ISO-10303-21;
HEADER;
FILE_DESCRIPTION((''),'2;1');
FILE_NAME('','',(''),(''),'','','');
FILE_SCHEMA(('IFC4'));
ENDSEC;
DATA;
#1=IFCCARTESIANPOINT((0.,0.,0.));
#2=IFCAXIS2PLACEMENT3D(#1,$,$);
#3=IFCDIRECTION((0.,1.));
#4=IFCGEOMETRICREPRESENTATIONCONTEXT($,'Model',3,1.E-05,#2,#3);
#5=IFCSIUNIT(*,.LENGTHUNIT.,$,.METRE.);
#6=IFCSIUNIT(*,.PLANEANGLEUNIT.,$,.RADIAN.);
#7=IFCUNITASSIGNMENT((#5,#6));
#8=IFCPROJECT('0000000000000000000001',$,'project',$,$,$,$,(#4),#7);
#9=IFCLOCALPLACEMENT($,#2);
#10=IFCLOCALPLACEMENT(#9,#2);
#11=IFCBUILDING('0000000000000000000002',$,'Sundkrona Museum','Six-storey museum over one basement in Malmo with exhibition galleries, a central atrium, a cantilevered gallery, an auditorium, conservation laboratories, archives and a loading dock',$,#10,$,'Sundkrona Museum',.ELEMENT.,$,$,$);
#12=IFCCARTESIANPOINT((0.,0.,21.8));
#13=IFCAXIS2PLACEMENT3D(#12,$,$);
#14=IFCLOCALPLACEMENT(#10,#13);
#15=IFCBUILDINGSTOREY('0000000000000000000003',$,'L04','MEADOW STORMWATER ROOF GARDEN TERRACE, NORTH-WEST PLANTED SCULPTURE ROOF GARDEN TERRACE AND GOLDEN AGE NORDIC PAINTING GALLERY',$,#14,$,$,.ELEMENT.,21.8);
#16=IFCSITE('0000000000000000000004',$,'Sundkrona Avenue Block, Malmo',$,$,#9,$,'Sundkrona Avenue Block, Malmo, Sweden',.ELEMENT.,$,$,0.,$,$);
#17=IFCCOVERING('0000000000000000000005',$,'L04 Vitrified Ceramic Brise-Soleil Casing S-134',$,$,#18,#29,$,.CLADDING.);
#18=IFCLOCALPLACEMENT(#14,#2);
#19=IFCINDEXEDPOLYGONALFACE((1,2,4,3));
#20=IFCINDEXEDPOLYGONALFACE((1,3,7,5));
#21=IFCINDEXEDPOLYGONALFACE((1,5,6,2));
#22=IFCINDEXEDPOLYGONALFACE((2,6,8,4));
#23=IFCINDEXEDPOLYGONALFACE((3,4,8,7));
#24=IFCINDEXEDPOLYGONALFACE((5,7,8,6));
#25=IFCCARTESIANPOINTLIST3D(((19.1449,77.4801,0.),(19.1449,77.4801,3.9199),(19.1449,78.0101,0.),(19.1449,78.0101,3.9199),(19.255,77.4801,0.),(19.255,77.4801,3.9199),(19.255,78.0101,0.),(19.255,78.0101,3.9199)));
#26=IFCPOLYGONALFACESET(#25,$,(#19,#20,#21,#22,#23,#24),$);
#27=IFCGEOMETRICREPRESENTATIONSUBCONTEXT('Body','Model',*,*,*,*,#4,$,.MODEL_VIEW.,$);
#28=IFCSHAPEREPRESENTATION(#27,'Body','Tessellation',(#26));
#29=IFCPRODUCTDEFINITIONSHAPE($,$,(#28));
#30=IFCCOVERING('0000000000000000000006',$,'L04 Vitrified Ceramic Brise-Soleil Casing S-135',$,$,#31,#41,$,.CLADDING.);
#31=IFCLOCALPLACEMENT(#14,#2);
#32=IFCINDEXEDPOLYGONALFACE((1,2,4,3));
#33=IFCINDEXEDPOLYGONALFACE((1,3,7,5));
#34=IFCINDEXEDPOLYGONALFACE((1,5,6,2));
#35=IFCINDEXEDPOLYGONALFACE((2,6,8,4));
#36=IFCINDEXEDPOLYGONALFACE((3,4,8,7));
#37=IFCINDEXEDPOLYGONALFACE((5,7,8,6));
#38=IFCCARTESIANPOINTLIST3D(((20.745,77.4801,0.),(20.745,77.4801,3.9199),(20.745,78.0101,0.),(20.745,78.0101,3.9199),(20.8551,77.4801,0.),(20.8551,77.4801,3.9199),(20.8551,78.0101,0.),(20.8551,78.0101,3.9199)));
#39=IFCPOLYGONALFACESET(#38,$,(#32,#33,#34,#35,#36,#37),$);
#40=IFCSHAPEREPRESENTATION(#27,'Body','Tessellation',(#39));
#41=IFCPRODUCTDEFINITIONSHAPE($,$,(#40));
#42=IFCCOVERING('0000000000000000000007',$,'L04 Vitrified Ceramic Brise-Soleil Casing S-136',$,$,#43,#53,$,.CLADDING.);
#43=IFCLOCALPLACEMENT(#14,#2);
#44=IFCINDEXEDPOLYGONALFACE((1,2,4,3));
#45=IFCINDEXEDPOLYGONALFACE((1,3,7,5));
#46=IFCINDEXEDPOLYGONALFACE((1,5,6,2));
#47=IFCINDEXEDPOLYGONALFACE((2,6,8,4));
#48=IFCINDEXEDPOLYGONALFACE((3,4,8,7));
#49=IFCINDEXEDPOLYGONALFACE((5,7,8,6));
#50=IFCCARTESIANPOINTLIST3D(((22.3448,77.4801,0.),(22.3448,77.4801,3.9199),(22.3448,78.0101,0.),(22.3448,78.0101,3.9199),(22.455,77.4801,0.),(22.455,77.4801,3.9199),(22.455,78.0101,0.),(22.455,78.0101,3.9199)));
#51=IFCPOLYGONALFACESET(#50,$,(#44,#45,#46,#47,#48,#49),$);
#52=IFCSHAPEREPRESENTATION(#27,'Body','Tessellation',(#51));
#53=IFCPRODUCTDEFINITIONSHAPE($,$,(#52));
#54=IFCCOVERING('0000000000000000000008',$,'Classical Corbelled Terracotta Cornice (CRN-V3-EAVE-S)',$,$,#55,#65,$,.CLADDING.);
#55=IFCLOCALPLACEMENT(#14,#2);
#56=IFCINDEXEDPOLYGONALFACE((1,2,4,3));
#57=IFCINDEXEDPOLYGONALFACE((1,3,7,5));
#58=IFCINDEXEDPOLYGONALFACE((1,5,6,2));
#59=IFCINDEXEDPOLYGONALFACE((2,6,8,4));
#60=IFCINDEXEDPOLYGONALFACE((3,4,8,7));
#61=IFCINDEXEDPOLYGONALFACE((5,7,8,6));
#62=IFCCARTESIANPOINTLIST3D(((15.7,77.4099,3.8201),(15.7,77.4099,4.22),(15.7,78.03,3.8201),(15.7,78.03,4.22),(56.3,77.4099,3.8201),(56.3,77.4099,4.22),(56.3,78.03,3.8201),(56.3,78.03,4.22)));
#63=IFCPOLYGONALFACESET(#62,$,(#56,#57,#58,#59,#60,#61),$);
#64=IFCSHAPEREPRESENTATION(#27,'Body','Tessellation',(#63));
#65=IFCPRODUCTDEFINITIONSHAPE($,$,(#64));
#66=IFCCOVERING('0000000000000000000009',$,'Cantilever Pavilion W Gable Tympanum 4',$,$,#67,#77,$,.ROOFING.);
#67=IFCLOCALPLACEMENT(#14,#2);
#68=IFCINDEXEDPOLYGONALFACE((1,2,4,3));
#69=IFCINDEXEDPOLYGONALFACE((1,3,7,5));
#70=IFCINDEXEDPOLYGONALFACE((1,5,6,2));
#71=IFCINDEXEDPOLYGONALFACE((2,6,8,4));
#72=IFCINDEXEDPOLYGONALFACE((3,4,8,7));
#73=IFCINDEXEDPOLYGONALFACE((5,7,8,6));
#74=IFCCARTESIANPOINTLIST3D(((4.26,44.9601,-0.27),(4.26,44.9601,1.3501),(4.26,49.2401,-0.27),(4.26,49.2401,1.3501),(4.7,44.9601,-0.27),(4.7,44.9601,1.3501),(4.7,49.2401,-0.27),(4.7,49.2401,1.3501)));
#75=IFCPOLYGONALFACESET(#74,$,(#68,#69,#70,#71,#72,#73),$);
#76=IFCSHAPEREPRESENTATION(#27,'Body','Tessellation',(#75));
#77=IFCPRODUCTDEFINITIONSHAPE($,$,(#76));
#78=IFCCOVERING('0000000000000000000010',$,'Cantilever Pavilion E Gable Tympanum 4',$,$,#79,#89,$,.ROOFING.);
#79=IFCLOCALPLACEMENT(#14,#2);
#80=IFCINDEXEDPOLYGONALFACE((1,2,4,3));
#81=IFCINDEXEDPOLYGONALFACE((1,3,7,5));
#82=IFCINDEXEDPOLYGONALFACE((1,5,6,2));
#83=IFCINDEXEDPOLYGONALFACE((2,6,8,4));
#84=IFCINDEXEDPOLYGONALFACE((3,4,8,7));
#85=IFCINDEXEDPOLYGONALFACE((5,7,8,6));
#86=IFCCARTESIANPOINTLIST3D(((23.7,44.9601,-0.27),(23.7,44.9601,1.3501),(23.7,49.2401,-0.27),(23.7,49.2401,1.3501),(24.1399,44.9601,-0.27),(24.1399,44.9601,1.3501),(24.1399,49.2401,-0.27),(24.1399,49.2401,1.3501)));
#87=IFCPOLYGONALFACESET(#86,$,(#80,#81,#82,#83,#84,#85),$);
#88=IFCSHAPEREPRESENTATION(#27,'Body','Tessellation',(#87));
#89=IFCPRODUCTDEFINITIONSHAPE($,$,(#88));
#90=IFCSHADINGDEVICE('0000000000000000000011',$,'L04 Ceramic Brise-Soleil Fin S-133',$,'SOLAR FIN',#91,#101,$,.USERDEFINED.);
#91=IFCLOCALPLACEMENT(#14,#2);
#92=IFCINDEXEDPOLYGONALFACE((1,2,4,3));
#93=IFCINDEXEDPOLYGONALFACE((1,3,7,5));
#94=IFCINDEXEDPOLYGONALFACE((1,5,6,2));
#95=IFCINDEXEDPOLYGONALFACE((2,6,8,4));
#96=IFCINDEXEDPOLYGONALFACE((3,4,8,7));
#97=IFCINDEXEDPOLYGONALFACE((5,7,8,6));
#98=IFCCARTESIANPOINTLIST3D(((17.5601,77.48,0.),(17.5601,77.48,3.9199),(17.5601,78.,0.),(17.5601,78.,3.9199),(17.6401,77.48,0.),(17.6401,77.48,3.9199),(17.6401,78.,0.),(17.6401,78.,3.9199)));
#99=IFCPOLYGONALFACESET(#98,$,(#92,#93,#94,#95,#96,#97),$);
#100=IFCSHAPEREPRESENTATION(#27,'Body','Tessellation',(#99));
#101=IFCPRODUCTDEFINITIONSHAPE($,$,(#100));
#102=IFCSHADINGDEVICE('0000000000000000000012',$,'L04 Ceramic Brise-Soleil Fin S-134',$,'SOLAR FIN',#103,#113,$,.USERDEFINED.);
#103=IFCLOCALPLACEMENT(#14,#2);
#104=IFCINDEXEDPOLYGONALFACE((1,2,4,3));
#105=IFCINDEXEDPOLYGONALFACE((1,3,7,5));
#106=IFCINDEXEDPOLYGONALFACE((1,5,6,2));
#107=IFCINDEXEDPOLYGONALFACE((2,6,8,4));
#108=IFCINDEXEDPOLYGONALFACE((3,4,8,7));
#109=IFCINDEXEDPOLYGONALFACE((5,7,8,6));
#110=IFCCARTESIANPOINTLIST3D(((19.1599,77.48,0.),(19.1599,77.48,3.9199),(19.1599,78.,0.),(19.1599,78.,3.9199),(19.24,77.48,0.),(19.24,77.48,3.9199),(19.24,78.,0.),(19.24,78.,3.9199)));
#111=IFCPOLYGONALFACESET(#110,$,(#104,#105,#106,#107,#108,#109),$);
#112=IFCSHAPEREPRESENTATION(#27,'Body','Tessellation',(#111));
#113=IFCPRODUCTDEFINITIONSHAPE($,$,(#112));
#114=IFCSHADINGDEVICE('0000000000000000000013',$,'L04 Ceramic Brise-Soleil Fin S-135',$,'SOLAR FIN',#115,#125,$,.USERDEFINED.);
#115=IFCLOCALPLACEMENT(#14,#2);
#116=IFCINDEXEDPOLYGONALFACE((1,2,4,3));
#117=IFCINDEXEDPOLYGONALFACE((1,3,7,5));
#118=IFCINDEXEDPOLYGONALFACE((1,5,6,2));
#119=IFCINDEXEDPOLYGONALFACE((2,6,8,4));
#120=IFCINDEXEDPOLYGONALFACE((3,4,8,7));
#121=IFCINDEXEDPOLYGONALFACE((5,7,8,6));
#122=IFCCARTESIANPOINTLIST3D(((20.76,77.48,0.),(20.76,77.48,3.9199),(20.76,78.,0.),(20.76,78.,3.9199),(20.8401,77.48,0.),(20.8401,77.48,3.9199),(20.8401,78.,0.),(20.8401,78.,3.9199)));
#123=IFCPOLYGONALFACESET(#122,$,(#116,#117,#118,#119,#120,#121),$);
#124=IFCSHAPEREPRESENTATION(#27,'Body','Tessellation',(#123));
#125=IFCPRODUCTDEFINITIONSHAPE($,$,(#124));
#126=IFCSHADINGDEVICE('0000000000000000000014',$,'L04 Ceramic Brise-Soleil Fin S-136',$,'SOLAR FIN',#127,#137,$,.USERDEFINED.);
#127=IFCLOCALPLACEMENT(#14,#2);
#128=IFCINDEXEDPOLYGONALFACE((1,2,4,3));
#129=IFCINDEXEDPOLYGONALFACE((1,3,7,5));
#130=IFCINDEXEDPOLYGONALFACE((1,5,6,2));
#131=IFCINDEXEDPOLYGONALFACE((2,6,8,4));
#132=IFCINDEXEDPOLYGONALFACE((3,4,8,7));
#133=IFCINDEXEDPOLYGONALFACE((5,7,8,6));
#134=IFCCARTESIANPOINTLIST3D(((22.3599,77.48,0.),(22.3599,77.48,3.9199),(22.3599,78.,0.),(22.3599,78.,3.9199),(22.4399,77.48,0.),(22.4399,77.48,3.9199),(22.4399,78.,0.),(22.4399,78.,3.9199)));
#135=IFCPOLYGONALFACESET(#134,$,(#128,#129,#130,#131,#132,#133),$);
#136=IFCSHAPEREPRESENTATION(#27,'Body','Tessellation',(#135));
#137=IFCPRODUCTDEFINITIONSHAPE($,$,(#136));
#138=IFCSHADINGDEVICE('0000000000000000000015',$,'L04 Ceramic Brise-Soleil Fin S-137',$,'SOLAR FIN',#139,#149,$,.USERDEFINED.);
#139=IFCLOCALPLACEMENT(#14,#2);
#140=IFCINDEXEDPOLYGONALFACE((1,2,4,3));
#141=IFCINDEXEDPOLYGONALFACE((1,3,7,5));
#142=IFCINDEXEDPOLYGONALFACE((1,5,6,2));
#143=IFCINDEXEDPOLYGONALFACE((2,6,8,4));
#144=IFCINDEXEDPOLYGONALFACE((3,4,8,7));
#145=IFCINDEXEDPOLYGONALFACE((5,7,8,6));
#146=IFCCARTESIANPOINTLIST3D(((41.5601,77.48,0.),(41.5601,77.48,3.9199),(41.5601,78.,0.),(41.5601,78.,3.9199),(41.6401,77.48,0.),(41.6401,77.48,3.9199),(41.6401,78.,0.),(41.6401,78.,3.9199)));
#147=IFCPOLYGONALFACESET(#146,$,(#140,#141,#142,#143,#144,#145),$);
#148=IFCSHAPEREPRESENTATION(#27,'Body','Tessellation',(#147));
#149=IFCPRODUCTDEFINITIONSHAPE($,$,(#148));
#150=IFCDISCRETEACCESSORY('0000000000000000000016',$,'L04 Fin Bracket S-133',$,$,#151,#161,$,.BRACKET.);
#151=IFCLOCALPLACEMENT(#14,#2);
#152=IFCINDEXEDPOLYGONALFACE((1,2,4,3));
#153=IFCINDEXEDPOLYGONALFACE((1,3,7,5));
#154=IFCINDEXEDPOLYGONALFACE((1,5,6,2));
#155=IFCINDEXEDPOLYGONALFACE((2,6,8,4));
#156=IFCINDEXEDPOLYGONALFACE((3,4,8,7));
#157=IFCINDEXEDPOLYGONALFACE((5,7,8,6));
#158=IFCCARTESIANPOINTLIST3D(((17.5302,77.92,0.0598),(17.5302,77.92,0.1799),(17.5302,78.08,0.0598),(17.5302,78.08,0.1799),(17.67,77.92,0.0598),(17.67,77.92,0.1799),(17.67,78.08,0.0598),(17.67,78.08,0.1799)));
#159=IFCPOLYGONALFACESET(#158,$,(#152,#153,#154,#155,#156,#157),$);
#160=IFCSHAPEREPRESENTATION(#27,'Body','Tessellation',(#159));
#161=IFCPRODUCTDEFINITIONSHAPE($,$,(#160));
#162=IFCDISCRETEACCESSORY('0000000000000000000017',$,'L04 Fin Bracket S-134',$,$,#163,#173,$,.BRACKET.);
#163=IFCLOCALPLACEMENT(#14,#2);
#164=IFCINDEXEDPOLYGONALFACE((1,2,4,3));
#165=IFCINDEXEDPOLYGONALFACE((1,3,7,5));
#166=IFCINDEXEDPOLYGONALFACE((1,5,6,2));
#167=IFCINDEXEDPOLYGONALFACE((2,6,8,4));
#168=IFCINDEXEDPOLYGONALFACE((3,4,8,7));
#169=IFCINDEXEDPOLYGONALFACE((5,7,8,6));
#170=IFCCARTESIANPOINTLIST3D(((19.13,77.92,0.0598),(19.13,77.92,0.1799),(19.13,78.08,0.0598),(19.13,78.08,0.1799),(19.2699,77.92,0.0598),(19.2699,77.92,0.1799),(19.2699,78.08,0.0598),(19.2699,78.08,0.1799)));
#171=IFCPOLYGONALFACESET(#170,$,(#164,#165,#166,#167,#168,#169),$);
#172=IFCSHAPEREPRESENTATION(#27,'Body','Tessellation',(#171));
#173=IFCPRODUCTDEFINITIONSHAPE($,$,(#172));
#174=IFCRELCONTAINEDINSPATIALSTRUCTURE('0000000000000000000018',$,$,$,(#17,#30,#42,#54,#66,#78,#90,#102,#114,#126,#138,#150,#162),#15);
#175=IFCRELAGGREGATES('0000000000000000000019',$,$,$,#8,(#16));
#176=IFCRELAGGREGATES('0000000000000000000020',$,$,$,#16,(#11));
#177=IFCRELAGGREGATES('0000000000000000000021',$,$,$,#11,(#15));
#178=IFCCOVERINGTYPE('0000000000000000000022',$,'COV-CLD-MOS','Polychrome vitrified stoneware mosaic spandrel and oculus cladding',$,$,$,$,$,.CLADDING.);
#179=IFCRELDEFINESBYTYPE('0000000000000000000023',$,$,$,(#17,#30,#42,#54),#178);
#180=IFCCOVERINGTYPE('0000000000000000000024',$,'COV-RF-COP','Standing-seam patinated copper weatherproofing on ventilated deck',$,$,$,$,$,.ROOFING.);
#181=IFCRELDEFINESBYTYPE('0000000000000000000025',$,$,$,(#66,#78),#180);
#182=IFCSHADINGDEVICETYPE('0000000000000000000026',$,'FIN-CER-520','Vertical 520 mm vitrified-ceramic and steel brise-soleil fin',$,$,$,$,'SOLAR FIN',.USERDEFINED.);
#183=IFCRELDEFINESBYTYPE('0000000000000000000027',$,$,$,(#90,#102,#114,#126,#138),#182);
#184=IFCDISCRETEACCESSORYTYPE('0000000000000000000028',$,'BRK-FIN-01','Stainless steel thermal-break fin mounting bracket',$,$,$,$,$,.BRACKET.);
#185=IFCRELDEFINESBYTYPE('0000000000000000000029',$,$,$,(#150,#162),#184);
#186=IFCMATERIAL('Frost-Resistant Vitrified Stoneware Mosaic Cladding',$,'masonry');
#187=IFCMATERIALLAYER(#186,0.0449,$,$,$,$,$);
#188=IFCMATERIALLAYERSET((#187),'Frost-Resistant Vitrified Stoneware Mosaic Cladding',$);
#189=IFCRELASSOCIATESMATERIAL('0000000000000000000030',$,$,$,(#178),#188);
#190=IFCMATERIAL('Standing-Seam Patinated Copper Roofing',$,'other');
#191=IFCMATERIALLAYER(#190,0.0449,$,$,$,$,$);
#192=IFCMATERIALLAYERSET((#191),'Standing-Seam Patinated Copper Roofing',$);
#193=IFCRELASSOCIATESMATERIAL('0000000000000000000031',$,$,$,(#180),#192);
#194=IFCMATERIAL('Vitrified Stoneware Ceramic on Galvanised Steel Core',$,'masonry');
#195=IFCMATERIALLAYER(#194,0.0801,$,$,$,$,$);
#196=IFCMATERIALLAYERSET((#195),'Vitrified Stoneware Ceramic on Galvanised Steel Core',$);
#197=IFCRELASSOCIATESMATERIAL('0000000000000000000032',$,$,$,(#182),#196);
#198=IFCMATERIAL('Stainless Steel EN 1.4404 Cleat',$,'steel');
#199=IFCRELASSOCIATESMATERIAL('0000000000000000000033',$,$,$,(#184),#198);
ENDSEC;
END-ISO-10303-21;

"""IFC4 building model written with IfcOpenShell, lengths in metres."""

from ifc_helpers import new_model, si_unit, direction, frame, origin, origin_2d, place, context, subcontext, project, spatial, rectangle, extrude, material, layer, layer_set, type_object, element, save


model = new_model("IFC4")

# Units and contexts
model_context = context("Model", 3, precision=1e-05, world=origin(), true_north=direction((0.0, 1.0)))
body_context = subcontext(model_context, "Body", "Model", "MODEL_VIEW")
ifc_project = project(units=[si_unit("LENGTHUNIT", "METRE"), si_unit("PLANEANGLEUNIT", "RADIAN")], contexts=[model_context])

# Site, building, storey
site_placement = place(None, origin())
site = spatial("IfcSite", under=ifc_project, at=site_placement, Name="Sundkrona Avenue Block, Malmo", LongName="Sundkrona Avenue Block, Malmo, Sweden", CompositionType="ELEMENT", RefElevation=0.0)
building_placement = place(site_placement, origin())
building = spatial("IfcBuilding", under=site, at=building_placement, Name="Sundkrona Museum", Description="Six-storey museum over one basement in Malmo with exhibition galleries, a central atrium, a cantilevered gallery, an auditorium, conservation laboratories, archives and a loading dock", LongName="Sundkrona Museum", CompositionType="ELEMENT")
storey_placement = place(building_placement, frame((0.0, 0.0, 21.8)))
storey = spatial("IfcBuildingStorey", under=building, at=storey_placement, Name="L04", Description="MEADOW STORMWATER ROOF GARDEN TERRACE, NORTH-WEST PLANTED SCULPTURE ROOF GARDEN TERRACE AND GOLDEN AGE NORDIC PAINTING GALLERY", CompositionType="ELEMENT", Elevation=21.8)

# Coverings
ifc_material_1 = material(Name="Frost-Resistant Vitrified Stoneware Mosaic Cladding", Category="masonry")
ifc_layer_1 = layer(ifc_material_1, 0.0449)
ifc_layer_set_1 = layer_set([ifc_layer_1], Name="Frost-Resistant Vitrified Stoneware Mosaic Cladding")
covering_type_1 = type_object("IfcCoveringType", Name="COV-CLD-MOS", Description="Polychrome vitrified stoneware mosaic spandrel and oculus cladding", PredefinedType="CLADDING", material=ifc_layer_set_1)
for number, where, z_axis, x_axis, name in (
    (1, (19.2, 77.7451, 0.0), (0.0, 0.0, 1.0), (1.0, 0.0, 0.0), "L04 Vitrified Ceramic Brise-Soleil Casing S-134"),
    (2, (20.8, 77.7451, 0.0), (0.0, 0.0, 1.0), (1.0, 0.0, 0.0), "L04 Vitrified Ceramic Brise-Soleil Casing S-135"),
    (3, (22.3999, 77.7451, 0.0), (0.0, 0.0, 1.0), (1.0, 0.0, 0.0), "L04 Vitrified Ceramic Brise-Soleil Casing S-136"),
):
    element("IfcCovering", number, at=place(storey_placement, frame(where, z_axis=z_axis, x_axis=x_axis)), inside=storey, type_object=covering_type_1, Name=name, PredefinedType="CLADDING", context=body_context, shape_type="SweptSolid", body=[
        extrude(rectangle(XDim=0.1101, YDim=0.53, at=origin_2d()), origin(), (0.0, 0.0, 1.0), 3.9199),
    ])
covering_placement = place(storey_placement, frame((36.0, 77.72, 3.8201), z_axis=(0.0, 0.0, 1.0), x_axis=(1.0, 0.0, 0.0)))
element("IfcCovering", 4, at=covering_placement, inside=storey, type_object=covering_type_1, Name="Classical Corbelled Terracotta Cornice (CRN-V3-EAVE-S)", PredefinedType="CLADDING", context=body_context, shape_type="SweptSolid", body=[
    extrude(rectangle(XDim=40.6001, YDim=0.6201, at=origin_2d()), origin(), (0.0, 0.0, 1.0), 0.3999),
])
ifc_material_2 = material(Name="Standing-Seam Patinated Copper Roofing", Category="other")
ifc_layer_2 = layer(ifc_material_2, 0.0449)
ifc_layer_set_2 = layer_set([ifc_layer_2], Name="Standing-Seam Patinated Copper Roofing")
covering_type_2 = type_object("IfcCoveringType", Name="COV-RF-COP", Description="Standing-seam patinated copper weatherproofing on ventilated deck", PredefinedType="ROOFING", material=ifc_layer_set_2)
for number, where, z_axis, x_axis, name in (
    (5, (4.48, 47.1001, -0.27), (0.0, 0.0, 1.0), (0.0, 1.0, 0.0), "Cantilever Pavilion W Gable Tympanum 4"),
    (6, (23.9199, 47.1001, -0.27), (0.0, 0.0, 1.0), (0.0, 1.0, 0.0), "Cantilever Pavilion E Gable Tympanum 4"),
):
    element("IfcCovering", number, at=place(storey_placement, frame(where, z_axis=z_axis, x_axis=x_axis)), inside=storey, type_object=covering_type_2, Name=name, PredefinedType="ROOFING", context=body_context, shape_type="SweptSolid", body=[
        extrude(rectangle(XDim=4.28, YDim=0.4399, at=origin_2d()), origin(), (0.0, 0.0, 1.0), 1.6201),
    ])

# Shading devices
ifc_material_3 = material(Name="Vitrified Stoneware Ceramic on Galvanised Steel Core", Category="masonry")
ifc_layer_3 = layer(ifc_material_3, 0.0801)
ifc_layer_set_3 = layer_set([ifc_layer_3], Name="Vitrified Stoneware Ceramic on Galvanised Steel Core")
shading_device_type = type_object("IfcShadingDeviceType", Name="FIN-CER-520", Description="Vertical 520 mm vitrified-ceramic and steel brise-soleil fin", ElementType="SOLAR FIN", PredefinedType="USERDEFINED", material=ifc_layer_set_3)
for number, where, z_axis, x_axis, name in (
    (7, (17.6001, 77.74, 0.0), (0.0, 0.0, 1.0), (1.0, 0.0, 0.0), "L04 Ceramic Brise-Soleil Fin S-133"),
    (8, (19.2, 77.74, 0.0), (0.0, 0.0, 1.0), (1.0, 0.0, 0.0), "L04 Ceramic Brise-Soleil Fin S-134"),
    (9, (20.8, 77.74, 0.0), (0.0, 0.0, 1.0), (1.0, 0.0, 0.0), "L04 Ceramic Brise-Soleil Fin S-135"),
    (10, (22.3999, 77.74, 0.0), (0.0, 0.0, 1.0), (1.0, 0.0, 0.0), "L04 Ceramic Brise-Soleil Fin S-136"),
    (11, (41.6001, 77.74, 0.0), (0.0, 0.0, 1.0), (1.0, 0.0, 0.0), "L04 Ceramic Brise-Soleil Fin S-137"),
):
    element("IfcShadingDevice", number, at=place(storey_placement, frame(where, z_axis=z_axis, x_axis=x_axis)), inside=storey, type_object=shading_device_type, Name=name, ObjectType="SOLAR FIN", PredefinedType="USERDEFINED", context=body_context, shape_type="SweptSolid", body=[
        extrude(rectangle(XDim=0.0801, YDim=0.52, at=origin_2d()), origin(), (0.0, 0.0, 1.0), 3.9199),
    ])

# Discrete accessories
ifc_material_4 = material(Name="Stainless Steel EN 1.4404 Cleat", Category="steel")
discrete_accessory_type = type_object("IfcDiscreteAccessoryType", Name="BRK-FIN-01", Description="Stainless steel thermal-break fin mounting bracket", PredefinedType="BRACKET", material=ifc_material_4)
for number, where, z_axis, x_axis, name in (
    (12, (17.6001, 78.0, 0.0598), (0.0, 0.0, 1.0), (1.0, 0.0, 0.0), "L04 Fin Bracket S-133"),
    (13, (19.2, 78.0, 0.0598), (0.0, 0.0, 1.0), (1.0, 0.0, 0.0), "L04 Fin Bracket S-134"),
):
    element("IfcDiscreteAccessory", number, at=place(storey_placement, frame(where, z_axis=z_axis, x_axis=x_axis)), inside=storey, type_object=discrete_accessory_type, Name=name, PredefinedType="BRACKET", context=body_context, shape_type="SweptSolid", body=[
        extrude(rectangle(XDim=0.1399, YDim=0.1599, at=origin_2d()), origin(), (0.0, 0.0, 1.0), 0.1201),
    ])

save(model, "model.ifc")
